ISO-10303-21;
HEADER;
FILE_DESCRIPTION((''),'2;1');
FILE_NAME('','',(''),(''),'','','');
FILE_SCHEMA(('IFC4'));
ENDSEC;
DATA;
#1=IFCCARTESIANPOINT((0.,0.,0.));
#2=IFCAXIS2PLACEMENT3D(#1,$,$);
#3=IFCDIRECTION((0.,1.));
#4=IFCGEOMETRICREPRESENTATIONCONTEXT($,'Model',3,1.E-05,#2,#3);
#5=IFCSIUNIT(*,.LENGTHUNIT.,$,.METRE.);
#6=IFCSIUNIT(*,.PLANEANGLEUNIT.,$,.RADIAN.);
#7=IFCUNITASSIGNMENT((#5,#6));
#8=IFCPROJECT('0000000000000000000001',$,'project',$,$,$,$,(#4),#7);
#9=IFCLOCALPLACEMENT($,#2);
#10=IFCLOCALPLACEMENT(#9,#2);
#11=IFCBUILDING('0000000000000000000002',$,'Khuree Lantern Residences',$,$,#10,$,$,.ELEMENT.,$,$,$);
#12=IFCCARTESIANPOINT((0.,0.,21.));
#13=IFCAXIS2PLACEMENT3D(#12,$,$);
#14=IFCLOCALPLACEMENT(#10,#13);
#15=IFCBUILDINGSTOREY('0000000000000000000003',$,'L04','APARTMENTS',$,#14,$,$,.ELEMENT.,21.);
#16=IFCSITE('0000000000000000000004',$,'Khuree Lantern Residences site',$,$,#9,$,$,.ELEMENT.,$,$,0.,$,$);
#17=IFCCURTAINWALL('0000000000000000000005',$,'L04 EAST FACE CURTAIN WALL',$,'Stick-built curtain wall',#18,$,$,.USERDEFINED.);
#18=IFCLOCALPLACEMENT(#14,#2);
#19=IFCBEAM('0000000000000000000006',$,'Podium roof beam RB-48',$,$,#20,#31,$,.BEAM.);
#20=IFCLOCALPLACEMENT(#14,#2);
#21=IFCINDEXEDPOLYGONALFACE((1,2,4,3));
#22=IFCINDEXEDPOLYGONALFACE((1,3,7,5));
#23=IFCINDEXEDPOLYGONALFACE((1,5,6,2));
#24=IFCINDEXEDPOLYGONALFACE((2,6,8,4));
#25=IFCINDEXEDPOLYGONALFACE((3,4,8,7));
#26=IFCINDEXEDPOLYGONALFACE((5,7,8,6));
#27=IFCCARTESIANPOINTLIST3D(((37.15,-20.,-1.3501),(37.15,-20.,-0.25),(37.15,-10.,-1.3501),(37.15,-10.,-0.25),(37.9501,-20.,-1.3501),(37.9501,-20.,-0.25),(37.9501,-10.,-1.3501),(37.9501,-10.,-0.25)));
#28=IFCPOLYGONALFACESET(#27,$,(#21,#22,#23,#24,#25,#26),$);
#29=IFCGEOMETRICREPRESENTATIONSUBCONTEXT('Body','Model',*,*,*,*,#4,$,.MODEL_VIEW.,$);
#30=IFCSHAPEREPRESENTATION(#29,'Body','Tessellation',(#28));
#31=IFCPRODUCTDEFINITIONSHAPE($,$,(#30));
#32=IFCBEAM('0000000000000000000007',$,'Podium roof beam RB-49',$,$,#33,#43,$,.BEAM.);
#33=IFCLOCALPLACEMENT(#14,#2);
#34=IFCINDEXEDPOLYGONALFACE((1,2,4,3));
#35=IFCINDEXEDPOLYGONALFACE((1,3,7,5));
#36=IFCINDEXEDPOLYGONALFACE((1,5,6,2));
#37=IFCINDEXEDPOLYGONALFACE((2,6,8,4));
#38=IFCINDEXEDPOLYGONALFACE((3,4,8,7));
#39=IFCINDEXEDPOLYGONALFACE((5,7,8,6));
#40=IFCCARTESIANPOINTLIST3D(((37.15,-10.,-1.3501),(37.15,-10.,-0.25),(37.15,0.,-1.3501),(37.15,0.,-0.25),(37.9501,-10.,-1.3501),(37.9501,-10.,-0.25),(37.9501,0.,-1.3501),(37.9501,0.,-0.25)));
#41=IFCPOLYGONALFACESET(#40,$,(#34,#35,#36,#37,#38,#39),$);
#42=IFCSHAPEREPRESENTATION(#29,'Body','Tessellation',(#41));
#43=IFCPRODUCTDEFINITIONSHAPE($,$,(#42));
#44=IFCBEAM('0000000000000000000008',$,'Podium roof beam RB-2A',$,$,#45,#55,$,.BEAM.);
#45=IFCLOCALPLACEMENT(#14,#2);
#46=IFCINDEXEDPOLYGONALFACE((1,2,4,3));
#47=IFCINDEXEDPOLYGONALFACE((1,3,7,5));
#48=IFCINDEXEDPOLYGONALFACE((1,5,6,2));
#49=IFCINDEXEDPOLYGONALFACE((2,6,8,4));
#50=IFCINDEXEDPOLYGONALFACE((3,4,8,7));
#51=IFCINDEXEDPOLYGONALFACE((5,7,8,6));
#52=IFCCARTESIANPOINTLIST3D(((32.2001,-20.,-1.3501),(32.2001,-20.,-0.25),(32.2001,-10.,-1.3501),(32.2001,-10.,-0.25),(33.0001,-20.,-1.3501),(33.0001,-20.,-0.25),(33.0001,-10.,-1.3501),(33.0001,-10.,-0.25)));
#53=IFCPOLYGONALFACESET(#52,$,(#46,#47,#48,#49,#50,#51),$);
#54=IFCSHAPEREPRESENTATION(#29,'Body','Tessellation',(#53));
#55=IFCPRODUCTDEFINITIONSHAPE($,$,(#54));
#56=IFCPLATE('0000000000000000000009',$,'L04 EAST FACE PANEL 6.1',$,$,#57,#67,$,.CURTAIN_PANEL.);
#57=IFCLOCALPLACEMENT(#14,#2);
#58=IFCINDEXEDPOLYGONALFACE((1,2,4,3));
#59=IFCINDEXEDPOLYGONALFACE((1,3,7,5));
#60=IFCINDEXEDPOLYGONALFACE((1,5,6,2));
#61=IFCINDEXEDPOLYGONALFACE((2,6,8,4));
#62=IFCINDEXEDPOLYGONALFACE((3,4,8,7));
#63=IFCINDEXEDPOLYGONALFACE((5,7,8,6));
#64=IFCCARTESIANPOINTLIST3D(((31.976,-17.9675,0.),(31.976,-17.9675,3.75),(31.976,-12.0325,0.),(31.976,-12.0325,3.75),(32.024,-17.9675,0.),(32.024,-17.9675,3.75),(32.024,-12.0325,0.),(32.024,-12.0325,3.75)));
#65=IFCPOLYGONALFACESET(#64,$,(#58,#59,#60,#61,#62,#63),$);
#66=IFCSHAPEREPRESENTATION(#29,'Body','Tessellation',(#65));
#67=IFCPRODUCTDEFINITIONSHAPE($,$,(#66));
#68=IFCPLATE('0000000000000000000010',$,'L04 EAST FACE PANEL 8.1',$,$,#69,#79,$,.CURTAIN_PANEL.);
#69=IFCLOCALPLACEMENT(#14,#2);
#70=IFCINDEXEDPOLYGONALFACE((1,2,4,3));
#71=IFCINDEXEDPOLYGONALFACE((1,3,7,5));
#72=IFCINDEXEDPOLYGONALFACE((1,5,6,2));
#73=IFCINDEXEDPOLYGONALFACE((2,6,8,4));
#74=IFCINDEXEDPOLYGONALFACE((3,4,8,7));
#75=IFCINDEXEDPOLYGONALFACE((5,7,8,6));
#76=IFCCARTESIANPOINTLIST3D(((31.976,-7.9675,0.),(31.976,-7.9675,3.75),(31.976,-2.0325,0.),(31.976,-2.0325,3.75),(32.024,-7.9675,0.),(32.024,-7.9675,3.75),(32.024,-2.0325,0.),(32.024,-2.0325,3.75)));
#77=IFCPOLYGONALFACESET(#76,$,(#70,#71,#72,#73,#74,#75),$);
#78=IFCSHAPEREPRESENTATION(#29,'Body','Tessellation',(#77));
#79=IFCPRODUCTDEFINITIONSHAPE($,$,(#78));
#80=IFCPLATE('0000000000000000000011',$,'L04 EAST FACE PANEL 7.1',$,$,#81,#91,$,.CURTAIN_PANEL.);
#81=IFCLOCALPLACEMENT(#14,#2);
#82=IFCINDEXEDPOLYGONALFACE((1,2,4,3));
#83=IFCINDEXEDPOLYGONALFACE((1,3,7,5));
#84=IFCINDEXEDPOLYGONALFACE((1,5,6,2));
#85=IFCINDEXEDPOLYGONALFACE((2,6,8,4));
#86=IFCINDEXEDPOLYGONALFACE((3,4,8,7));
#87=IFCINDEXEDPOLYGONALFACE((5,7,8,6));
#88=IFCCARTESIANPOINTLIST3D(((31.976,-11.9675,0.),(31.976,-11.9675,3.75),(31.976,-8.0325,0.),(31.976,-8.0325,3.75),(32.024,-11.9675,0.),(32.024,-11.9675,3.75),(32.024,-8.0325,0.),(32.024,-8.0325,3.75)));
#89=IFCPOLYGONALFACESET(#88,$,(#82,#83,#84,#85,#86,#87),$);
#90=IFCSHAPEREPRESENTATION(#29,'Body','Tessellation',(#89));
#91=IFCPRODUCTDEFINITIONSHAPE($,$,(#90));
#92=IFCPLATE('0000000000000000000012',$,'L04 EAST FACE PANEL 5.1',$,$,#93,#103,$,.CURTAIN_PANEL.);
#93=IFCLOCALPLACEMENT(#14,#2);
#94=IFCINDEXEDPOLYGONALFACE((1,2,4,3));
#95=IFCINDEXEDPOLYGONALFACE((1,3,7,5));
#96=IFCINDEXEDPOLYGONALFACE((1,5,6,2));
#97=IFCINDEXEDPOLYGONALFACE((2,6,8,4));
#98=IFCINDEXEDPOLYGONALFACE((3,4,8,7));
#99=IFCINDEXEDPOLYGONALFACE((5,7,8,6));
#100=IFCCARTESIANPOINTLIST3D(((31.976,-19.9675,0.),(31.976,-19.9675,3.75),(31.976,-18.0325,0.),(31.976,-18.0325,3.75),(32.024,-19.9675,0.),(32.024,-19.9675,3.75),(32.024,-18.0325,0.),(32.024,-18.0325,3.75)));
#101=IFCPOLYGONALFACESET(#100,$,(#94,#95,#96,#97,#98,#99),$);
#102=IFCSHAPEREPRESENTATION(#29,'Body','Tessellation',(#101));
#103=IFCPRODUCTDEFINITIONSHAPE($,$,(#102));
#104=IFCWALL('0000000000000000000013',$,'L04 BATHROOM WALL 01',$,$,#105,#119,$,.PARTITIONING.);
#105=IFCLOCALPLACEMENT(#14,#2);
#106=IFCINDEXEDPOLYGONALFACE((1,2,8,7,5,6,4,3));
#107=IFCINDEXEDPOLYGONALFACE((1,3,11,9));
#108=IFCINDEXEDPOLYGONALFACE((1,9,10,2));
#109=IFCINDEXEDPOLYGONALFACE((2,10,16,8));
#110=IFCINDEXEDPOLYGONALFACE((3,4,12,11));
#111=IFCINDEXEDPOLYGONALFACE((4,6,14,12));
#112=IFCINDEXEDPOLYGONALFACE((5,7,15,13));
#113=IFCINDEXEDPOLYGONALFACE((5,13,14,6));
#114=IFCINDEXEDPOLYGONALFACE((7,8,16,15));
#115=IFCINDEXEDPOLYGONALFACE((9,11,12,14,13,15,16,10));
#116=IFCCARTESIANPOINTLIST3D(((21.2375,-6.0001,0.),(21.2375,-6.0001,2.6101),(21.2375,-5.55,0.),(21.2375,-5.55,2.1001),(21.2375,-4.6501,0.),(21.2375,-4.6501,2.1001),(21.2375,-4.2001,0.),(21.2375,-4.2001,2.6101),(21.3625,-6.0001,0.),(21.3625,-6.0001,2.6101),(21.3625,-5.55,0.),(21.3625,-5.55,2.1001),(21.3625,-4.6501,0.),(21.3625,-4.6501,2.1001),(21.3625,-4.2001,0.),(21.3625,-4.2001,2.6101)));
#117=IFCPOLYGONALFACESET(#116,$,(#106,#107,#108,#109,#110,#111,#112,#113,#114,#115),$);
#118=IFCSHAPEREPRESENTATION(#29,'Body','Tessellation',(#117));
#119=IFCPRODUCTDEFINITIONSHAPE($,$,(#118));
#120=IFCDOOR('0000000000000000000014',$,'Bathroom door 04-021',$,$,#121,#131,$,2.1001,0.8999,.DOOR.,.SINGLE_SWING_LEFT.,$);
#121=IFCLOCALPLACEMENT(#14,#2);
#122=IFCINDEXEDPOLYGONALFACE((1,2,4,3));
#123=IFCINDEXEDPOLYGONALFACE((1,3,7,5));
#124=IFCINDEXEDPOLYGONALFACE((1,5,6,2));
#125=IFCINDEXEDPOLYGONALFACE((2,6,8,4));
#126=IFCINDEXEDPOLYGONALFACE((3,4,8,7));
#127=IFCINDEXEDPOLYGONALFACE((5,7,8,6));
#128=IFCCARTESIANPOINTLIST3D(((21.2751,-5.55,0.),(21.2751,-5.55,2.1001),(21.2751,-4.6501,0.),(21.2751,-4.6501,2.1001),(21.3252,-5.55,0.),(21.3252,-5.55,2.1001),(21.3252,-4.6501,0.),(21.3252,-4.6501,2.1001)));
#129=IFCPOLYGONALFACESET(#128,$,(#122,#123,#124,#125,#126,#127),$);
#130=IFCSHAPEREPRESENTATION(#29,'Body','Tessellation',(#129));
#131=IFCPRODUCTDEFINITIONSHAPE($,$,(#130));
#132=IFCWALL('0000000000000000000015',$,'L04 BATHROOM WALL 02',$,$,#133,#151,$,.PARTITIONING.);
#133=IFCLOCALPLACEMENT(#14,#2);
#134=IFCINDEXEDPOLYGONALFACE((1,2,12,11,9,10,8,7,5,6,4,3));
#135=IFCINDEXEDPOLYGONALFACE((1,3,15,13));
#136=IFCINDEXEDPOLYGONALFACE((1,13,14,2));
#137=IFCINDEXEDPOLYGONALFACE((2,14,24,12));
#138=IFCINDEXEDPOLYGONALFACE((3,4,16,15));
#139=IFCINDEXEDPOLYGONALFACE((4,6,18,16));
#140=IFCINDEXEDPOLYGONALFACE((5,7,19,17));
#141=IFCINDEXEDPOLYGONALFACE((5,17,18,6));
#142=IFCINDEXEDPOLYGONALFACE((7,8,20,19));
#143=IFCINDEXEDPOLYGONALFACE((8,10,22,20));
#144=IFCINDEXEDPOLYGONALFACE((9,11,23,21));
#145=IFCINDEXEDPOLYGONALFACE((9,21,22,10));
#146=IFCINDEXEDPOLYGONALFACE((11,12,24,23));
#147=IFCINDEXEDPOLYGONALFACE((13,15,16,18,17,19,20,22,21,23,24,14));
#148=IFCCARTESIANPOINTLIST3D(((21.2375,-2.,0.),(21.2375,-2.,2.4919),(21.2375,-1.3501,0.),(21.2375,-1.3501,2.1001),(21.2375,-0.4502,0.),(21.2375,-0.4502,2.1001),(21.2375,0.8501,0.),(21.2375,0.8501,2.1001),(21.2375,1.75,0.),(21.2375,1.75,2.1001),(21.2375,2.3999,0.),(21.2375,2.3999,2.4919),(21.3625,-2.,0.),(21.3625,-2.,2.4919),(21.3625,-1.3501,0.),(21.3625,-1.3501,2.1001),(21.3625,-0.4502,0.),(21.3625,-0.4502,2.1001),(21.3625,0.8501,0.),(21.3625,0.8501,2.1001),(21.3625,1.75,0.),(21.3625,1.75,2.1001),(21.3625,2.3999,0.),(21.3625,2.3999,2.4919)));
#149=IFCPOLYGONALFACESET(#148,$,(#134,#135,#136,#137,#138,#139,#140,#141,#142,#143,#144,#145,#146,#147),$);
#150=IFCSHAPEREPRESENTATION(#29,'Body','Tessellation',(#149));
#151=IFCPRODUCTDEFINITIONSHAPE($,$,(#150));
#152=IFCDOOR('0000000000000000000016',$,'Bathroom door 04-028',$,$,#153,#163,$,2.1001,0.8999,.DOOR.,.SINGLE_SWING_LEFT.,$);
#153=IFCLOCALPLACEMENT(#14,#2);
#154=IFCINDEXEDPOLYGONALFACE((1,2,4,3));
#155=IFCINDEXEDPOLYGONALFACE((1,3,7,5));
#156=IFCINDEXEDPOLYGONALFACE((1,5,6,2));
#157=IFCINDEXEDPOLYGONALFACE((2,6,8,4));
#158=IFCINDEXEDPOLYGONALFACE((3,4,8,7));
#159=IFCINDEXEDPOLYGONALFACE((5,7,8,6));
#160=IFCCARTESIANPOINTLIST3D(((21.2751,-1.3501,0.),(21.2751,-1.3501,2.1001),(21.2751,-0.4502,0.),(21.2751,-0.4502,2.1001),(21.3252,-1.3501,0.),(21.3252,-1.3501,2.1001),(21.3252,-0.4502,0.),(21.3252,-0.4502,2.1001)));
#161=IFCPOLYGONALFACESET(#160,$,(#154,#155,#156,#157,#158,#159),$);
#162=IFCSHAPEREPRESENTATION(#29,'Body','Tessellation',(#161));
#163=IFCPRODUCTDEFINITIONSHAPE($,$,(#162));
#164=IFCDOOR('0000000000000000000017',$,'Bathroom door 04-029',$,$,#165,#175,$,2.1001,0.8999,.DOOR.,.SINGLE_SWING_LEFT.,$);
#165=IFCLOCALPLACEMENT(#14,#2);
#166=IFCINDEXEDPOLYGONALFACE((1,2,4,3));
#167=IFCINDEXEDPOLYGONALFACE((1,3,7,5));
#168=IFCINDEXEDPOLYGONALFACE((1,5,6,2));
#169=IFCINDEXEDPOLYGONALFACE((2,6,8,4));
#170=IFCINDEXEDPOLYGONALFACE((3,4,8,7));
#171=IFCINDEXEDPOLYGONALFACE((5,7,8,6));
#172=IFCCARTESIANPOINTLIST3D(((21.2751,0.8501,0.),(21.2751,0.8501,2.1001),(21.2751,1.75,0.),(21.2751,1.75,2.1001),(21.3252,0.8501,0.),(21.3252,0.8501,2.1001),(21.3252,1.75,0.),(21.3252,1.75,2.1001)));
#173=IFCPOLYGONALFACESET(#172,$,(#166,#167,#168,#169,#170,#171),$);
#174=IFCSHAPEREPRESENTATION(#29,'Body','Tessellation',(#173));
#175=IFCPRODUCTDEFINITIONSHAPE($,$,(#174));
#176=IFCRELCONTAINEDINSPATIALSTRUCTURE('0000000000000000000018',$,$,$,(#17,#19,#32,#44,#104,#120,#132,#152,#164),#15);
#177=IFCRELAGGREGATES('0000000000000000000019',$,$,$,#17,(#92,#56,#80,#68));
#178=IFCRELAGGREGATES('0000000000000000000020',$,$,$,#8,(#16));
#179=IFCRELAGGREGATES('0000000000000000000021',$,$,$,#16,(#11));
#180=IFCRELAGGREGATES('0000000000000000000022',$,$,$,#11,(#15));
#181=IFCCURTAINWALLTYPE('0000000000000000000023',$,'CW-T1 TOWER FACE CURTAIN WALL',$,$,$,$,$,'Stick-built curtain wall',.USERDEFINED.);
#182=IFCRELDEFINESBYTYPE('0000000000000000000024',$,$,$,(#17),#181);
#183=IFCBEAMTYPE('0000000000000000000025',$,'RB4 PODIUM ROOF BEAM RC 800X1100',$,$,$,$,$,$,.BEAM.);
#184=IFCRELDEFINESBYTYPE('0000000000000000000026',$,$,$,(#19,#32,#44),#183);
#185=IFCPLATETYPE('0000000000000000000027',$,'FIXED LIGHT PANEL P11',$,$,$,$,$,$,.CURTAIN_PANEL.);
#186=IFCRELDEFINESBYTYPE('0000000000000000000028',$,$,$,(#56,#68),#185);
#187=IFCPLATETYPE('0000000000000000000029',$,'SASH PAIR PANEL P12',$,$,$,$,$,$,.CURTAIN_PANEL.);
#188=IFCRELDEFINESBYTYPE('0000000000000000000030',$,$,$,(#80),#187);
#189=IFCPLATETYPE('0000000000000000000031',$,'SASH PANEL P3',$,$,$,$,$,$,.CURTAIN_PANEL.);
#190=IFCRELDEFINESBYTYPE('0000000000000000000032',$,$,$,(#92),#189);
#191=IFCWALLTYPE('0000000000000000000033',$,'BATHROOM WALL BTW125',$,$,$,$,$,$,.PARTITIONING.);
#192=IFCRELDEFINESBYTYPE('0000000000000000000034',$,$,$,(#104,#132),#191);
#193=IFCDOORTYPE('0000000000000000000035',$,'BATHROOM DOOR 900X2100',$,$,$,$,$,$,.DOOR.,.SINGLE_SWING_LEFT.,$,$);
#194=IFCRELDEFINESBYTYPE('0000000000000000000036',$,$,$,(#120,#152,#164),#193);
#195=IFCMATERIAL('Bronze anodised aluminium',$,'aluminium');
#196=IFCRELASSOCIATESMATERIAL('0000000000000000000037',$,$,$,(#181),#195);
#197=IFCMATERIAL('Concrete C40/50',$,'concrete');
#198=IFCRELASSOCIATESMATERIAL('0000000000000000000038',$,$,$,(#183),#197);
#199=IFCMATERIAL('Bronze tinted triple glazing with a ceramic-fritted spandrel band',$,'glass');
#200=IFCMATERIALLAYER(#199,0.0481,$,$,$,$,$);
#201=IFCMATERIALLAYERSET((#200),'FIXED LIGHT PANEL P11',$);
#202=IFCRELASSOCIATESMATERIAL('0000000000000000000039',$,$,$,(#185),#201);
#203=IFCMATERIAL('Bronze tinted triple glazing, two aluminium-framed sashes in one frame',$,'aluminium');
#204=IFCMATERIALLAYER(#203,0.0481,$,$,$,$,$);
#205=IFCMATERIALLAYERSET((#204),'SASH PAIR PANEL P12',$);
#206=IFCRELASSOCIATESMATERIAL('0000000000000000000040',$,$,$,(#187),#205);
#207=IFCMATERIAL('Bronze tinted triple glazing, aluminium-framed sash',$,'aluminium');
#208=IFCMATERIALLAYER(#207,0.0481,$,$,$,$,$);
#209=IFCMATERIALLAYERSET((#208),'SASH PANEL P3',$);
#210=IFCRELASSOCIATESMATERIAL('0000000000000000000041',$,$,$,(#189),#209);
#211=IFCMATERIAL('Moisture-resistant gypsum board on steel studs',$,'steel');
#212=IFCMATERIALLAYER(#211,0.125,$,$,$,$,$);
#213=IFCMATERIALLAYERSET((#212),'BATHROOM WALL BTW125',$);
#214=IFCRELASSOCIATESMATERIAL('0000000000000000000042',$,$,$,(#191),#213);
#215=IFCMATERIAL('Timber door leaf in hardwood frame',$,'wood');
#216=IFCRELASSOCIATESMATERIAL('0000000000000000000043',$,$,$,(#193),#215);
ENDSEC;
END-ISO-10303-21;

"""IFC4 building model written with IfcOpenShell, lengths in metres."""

from ifc_helpers import new_model, si_unit, direction, frame, frame_2d, origin, origin_2d, place, context, subcontext, project, spatial, rectangle, extrude, material, layer, layer_set, material_profile, profile_set, type_object, element, fill, aggregate, save


model = new_model("IFC4")

# Units and contexts
model_context = context("Model", 3, precision=1e-05, world=origin(), true_north=direction((0.0, 1.0)))
body_context = subcontext(model_context, "Body", "Model", "MODEL_VIEW")
ifc_project = project(units=[si_unit("LENGTHUNIT", "METRE"), si_unit("PLANEANGLEUNIT", "RADIAN")], contexts=[model_context])

# Site, building, storey
site_placement = place(None, origin())
site = spatial("IfcSite", under=ifc_project, at=site_placement, Name="Khuree Lantern Residences site", CompositionType="ELEMENT", RefElevation=0.0)
building_placement = place(site_placement, origin())
building = spatial("IfcBuilding", under=site, at=building_placement, Name="Khuree Lantern Residences", CompositionType="ELEMENT")
storey_placement = place(building_placement, frame((0.0, 0.0, 21.0)))
storey = spatial("IfcBuildingStorey", under=building, at=storey_placement, Name="L04", Description="APARTMENTS", CompositionType="ELEMENT", Elevation=21.0)

# Curtain wall
ifc_material_1 = material(Name="Bronze anodised aluminium", Category="aluminium")
curtain_wall_type = type_object("IfcCurtainWallType", Name="CW-T1 TOWER FACE CURTAIN WALL", ElementType="Stick-built curtain wall", PredefinedType="USERDEFINED", material=ifc_material_1)
curtain_wall_placement = place(storey_placement, origin())
curtain_wall = element("IfcCurtainWall", 1, at=curtain_wall_placement, inside=storey, type_object=curtain_wall_type, Name="L04 EAST FACE CURTAIN WALL", ObjectType="Stick-built curtain wall", PredefinedType="USERDEFINED")

# Beams
ifc_material_2 = material(Name="Concrete C40/50", Category="concrete")
ifc_material_profile_1 = material_profile(ifc_material_2, rectangle(XDim=0.8, YDim=1.1001, at=origin_2d()), Name="RC 800X1100")
ifc_profile_set_1 = profile_set([ifc_material_profile_1], Name="Concrete C40/50")
beam_type_1 = type_object("IfcBeamType", Name="RB4 PODIUM ROOF BEAM RC 800X1100", PredefinedType="BEAM", material=ifc_profile_set_1)
for number, where, z_axis, x_axis, name in (
    (2, (37.55, -20.0, -0.8), (0.0, 1.0, 0.0), (-1.0, 0.0, 0.0), "Podium roof beam RB-48"),
    (3, (37.55, -10.0, -0.8), (0.0, 1.0, 0.0), (-1.0, 0.0, 0.0), "Podium roof beam RB-49"),
    (4, (32.6001, -20.0, -0.8), (0.0, 1.0, 0.0), (-1.0, 0.0, 0.0), "Podium roof beam RB-2A"),
):
    element("IfcBeam", number, at=place(storey_placement, frame(where, z_axis=z_axis, x_axis=x_axis)), inside=storey, type_object=beam_type_1, Name=name, PredefinedType="BEAM", context=body_context, shape_type="SweptSolid", body=[
        extrude(rectangle(XDim=0.8, YDim=1.1001, at=origin_2d()), origin(), (0.0, 0.0, 1.0), 10.0),
    ])

# Plates
ifc_material_3 = material(Name="Bronze tinted triple glazing with a ceramic-fritted spandrel band", Category="glass")
ifc_layer_1 = layer(ifc_material_3, 0.0481)
ifc_layer_set_1 = layer_set([ifc_layer_1], Name="FIXED LIGHT PANEL P11")
plate_type_1 = type_object("IfcPlateType", Name="FIXED LIGHT PANEL P11", PredefinedType="CURTAIN_PANEL", material=ifc_layer_set_1)
plate_1_placement = place(storey_placement, frame((32.0, -15.0, 0.0), z_axis=(0.0, 0.0, 1.0), x_axis=(0.0, 1.0, 0.0)))
plate_1 = element("IfcPlate", 5, at=plate_1_placement, type_object=plate_type_1, Name="L04 EAST FACE PANEL 6.1", PredefinedType="CURTAIN_PANEL", context=body_context, shape_type="SweptSolid", body=[
    extrude(rectangle(XDim=5.9351, YDim=0.0481, at=origin_2d()), origin(), (0.0, 0.0, 1.0), 3.75),
])
plate_2_placement = place(storey_placement, frame((32.0, -5.0, 0.0), z_axis=(0.0, 0.0, 1.0), x_axis=(0.0, 1.0, 0.0)))
plate_2 = element("IfcPlate", 6, at=plate_2_placement, type_object=plate_type_1, Name="L04 EAST FACE PANEL 8.1", PredefinedType="CURTAIN_PANEL", context=body_context, shape_type="SweptSolid", body=[
    extrude(rectangle(XDim=5.9351, YDim=0.0481, at=origin_2d()), origin(), (0.0, 0.0, 1.0), 3.75),
])
ifc_material_4 = material(Name="Bronze tinted triple glazing, two aluminium-framed sashes in one frame", Category="aluminium")
ifc_layer_2 = layer(ifc_material_4, 0.0481)
ifc_layer_set_2 = layer_set([ifc_layer_2], Name="SASH PAIR PANEL P12")
plate_type_2 = type_object("IfcPlateType", Name="SASH PAIR PANEL P12", PredefinedType="CURTAIN_PANEL", material=ifc_layer_set_2)
plate_3_placement = place(storey_placement, frame((32.0, -10.0, 0.0), z_axis=(0.0, 0.0, 1.0), x_axis=(0.0, 1.0, 0.0)))
plate_3 = element("IfcPlate", 7, at=plate_3_placement, type_object=plate_type_2, Name="L04 EAST FACE PANEL 7.1", PredefinedType="CURTAIN_PANEL", context=body_context, shape_type="SweptSolid", body=[
    extrude(rectangle(XDim=3.9351, YDim=0.0481, at=origin_2d()), origin(), (0.0, 0.0, 1.0), 3.75),
])
ifc_material_5 = material(Name="Bronze tinted triple glazing, aluminium-framed sash", Category="aluminium")
ifc_layer_3 = layer(ifc_material_5, 0.0481)
ifc_layer_set_3 = layer_set([ifc_layer_3], Name="SASH PANEL P3")
plate_type_3 = type_object("IfcPlateType", Name="SASH PANEL P3", PredefinedType="CURTAIN_PANEL", material=ifc_layer_set_3)
plate_4_placement = place(storey_placement, frame((32.0, -19.0, 0.0), z_axis=(0.0, 0.0, 1.0), x_axis=(0.0, 1.0, 0.0)))
plate_4 = element("IfcPlate", 8, at=plate_4_placement, type_object=plate_type_3, Name="L04 EAST FACE PANEL 5.1", PredefinedType="CURTAIN_PANEL", context=body_context, shape_type="SweptSolid", body=[
    extrude(rectangle(XDim=1.9351, YDim=0.0481, at=origin_2d()), origin(), (0.0, 0.0, 1.0), 3.75),
])
aggregate(curtain_wall, [plate_4, plate_1, plate_3, plate_2])

# Wall, opening, door
ifc_material_6 = material(Name="Moisture-resistant gypsum board on steel studs", Category="steel")
ifc_layer_4 = layer(ifc_material_6, 0.125)
ifc_layer_set_4 = layer_set([ifc_layer_4], Name="BATHROOM WALL BTW125")
wall_type_1 = type_object("IfcWallType", Name="BATHROOM WALL BTW125", PredefinedType="PARTITIONING", material=ifc_layer_set_4)
wall_1_placement = place(storey_placement, frame((21.3, -6.0, 0.0), z_axis=(0.0, 0.0, 1.0), x_axis=(0.0, 1.0, 0.0)))
wall_1 = element("IfcWall", 9, at=wall_1_placement, inside=storey, type_object=wall_type_1, Name="L04 BATHROOM WALL 01", PredefinedType="PARTITIONING", context=body_context, shape_type="SweptSolid", body=[
    extrude(rectangle(XDim=1.8, YDim=0.125, at=frame_2d((0.8999, 0.0))), origin(), (0.0, 0.0, 1.0), 2.6101),
])
opening_1_placement = place(wall_1_placement, frame((0.45, 0.0, 0.0)))
opening_1 = element("IfcOpeningElement", 10, at=opening_1_placement, cuts=wall_1, PredefinedType="OPENING", context=body_context, shape_type="SweptSolid", body=[
    extrude(rectangle(XDim=0.8999, YDim=2.1001, at=frame_2d((0.45, 1.05))), frame((0.0, 0.0725, 0.0), z_axis=(0.0, -1.0, 0.0), x_axis=(1.0, 0.0, 0.0)), (0.0, 0.0, 1.0), 0.145),
])
ifc_material_7 = material(Name="Timber door leaf in hardwood frame", Category="wood")
door_type_1 = type_object("IfcDoorType", Name="BATHROOM DOOR 900X2100", OperationType="SINGLE_SWING_LEFT", PredefinedType="DOOR", material=ifc_material_7)
door_1_placement = place(opening_1_placement, origin())
door_1 = element("IfcDoor", 11, at=door_1_placement, inside=storey, type_object=door_type_1, Name="Bathroom door 04-021", OperationType="SINGLE_SWING_LEFT", OverallHeight=2.1001, OverallWidth=0.8999, PredefinedType="DOOR", context=body_context, shape_type="SweptSolid", body=[
    extrude(rectangle(XDim=0.8999, YDim=2.1001, at=frame_2d((0.45, 1.05))), frame((0.0, 0.0249, 0.0), z_axis=(0.0, -1.0, 0.0), x_axis=(1.0, 0.0, 0.0)), (0.0, 0.0, 1.0), 0.05),
])
fill(opening_1, door_1)

# Wall, openings, doors
wall_2_placement = place(storey_placement, frame((21.3, -2.0, 0.0), z_axis=(0.0, 0.0, 1.0), x_axis=(0.0, 1.0, 0.0)))
wall_2 = element("IfcWall", 12, at=wall_2_placement, inside=storey, type_object=wall_type_1, Name="L04 BATHROOM WALL 02", PredefinedType="PARTITIONING", context=body_context, shape_type="SweptSolid", body=[
    extrude(rectangle(XDim=4.3999, YDim=0.125, at=frame_2d((2.2, 0.0))), origin(), (0.0, 0.0, 1.0), 2.4919),
])
opening_2_placement = place(wall_2_placement, frame((0.6499, 0.0, 0.0)))
opening_2 = element("IfcOpeningElement", 13, at=opening_2_placement, cuts=wall_2, PredefinedType="OPENING", context=body_context, shape_type="SweptSolid", body=[
    extrude(rectangle(XDim=0.8999, YDim=2.1001, at=frame_2d((0.45, 1.05))), frame((0.0, 0.0725, 0.0), z_axis=(0.0, -1.0, 0.0), x_axis=(1.0, 0.0, 0.0)), (0.0, 0.0, 1.0), 0.145),
])
opening_3_placement = place(wall_2_placement, frame((2.8501, 0.0, 0.0)))
opening_3 = element("IfcOpeningElement", 14, at=opening_3_placement, cuts=wall_2, PredefinedType="OPENING", context=body_context, shape_type="SweptSolid", body=[
    extrude(rectangle(XDim=0.8999, YDim=2.1001, at=frame_2d((0.45, 1.05))), frame((0.0, 0.0725, 0.0), z_axis=(0.0, -1.0, 0.0), x_axis=(1.0, 0.0, 0.0)), (0.0, 0.0, 1.0), 0.145),
])
door_2_placement = place(opening_2_placement, origin())
door_2 = element("IfcDoor", 15, at=door_2_placement, inside=storey, type_object=door_type_1, Name="Bathroom door 04-028", OperationType="SINGLE_SWING_LEFT", OverallHeight=2.1001, OverallWidth=0.8999, PredefinedType="DOOR", context=body_context, shape_type="SweptSolid", body=[
    extrude(rectangle(XDim=0.8999, YDim=2.1001, at=frame_2d((0.45, 1.05))), frame((0.0, 0.0249, 0.0), z_axis=(0.0, -1.0, 0.0), x_axis=(1.0, 0.0, 0.0)), (0.0, 0.0, 1.0), 0.05),
])
fill(opening_2, door_2)
door_3_placement = place(opening_3_placement, origin())
door_3 = element("IfcDoor", 16, at=door_3_placement, inside=storey, type_object=door_type_1, Name="Bathroom door 04-029", OperationType="SINGLE_SWING_LEFT", OverallHeight=2.1001, OverallWidth=0.8999, PredefinedType="DOOR", context=body_context, shape_type="SweptSolid", body=[
    extrude(rectangle(XDim=0.8999, YDim=2.1001, at=frame_2d((0.45, 1.05))), frame((0.0, 0.0249, 0.0), z_axis=(0.0, -1.0, 0.0), x_axis=(1.0, 0.0, 0.0)), (0.0, 0.0, 1.0), 0.05),
])
fill(opening_3, door_3)

save(model, "model.ifc")
